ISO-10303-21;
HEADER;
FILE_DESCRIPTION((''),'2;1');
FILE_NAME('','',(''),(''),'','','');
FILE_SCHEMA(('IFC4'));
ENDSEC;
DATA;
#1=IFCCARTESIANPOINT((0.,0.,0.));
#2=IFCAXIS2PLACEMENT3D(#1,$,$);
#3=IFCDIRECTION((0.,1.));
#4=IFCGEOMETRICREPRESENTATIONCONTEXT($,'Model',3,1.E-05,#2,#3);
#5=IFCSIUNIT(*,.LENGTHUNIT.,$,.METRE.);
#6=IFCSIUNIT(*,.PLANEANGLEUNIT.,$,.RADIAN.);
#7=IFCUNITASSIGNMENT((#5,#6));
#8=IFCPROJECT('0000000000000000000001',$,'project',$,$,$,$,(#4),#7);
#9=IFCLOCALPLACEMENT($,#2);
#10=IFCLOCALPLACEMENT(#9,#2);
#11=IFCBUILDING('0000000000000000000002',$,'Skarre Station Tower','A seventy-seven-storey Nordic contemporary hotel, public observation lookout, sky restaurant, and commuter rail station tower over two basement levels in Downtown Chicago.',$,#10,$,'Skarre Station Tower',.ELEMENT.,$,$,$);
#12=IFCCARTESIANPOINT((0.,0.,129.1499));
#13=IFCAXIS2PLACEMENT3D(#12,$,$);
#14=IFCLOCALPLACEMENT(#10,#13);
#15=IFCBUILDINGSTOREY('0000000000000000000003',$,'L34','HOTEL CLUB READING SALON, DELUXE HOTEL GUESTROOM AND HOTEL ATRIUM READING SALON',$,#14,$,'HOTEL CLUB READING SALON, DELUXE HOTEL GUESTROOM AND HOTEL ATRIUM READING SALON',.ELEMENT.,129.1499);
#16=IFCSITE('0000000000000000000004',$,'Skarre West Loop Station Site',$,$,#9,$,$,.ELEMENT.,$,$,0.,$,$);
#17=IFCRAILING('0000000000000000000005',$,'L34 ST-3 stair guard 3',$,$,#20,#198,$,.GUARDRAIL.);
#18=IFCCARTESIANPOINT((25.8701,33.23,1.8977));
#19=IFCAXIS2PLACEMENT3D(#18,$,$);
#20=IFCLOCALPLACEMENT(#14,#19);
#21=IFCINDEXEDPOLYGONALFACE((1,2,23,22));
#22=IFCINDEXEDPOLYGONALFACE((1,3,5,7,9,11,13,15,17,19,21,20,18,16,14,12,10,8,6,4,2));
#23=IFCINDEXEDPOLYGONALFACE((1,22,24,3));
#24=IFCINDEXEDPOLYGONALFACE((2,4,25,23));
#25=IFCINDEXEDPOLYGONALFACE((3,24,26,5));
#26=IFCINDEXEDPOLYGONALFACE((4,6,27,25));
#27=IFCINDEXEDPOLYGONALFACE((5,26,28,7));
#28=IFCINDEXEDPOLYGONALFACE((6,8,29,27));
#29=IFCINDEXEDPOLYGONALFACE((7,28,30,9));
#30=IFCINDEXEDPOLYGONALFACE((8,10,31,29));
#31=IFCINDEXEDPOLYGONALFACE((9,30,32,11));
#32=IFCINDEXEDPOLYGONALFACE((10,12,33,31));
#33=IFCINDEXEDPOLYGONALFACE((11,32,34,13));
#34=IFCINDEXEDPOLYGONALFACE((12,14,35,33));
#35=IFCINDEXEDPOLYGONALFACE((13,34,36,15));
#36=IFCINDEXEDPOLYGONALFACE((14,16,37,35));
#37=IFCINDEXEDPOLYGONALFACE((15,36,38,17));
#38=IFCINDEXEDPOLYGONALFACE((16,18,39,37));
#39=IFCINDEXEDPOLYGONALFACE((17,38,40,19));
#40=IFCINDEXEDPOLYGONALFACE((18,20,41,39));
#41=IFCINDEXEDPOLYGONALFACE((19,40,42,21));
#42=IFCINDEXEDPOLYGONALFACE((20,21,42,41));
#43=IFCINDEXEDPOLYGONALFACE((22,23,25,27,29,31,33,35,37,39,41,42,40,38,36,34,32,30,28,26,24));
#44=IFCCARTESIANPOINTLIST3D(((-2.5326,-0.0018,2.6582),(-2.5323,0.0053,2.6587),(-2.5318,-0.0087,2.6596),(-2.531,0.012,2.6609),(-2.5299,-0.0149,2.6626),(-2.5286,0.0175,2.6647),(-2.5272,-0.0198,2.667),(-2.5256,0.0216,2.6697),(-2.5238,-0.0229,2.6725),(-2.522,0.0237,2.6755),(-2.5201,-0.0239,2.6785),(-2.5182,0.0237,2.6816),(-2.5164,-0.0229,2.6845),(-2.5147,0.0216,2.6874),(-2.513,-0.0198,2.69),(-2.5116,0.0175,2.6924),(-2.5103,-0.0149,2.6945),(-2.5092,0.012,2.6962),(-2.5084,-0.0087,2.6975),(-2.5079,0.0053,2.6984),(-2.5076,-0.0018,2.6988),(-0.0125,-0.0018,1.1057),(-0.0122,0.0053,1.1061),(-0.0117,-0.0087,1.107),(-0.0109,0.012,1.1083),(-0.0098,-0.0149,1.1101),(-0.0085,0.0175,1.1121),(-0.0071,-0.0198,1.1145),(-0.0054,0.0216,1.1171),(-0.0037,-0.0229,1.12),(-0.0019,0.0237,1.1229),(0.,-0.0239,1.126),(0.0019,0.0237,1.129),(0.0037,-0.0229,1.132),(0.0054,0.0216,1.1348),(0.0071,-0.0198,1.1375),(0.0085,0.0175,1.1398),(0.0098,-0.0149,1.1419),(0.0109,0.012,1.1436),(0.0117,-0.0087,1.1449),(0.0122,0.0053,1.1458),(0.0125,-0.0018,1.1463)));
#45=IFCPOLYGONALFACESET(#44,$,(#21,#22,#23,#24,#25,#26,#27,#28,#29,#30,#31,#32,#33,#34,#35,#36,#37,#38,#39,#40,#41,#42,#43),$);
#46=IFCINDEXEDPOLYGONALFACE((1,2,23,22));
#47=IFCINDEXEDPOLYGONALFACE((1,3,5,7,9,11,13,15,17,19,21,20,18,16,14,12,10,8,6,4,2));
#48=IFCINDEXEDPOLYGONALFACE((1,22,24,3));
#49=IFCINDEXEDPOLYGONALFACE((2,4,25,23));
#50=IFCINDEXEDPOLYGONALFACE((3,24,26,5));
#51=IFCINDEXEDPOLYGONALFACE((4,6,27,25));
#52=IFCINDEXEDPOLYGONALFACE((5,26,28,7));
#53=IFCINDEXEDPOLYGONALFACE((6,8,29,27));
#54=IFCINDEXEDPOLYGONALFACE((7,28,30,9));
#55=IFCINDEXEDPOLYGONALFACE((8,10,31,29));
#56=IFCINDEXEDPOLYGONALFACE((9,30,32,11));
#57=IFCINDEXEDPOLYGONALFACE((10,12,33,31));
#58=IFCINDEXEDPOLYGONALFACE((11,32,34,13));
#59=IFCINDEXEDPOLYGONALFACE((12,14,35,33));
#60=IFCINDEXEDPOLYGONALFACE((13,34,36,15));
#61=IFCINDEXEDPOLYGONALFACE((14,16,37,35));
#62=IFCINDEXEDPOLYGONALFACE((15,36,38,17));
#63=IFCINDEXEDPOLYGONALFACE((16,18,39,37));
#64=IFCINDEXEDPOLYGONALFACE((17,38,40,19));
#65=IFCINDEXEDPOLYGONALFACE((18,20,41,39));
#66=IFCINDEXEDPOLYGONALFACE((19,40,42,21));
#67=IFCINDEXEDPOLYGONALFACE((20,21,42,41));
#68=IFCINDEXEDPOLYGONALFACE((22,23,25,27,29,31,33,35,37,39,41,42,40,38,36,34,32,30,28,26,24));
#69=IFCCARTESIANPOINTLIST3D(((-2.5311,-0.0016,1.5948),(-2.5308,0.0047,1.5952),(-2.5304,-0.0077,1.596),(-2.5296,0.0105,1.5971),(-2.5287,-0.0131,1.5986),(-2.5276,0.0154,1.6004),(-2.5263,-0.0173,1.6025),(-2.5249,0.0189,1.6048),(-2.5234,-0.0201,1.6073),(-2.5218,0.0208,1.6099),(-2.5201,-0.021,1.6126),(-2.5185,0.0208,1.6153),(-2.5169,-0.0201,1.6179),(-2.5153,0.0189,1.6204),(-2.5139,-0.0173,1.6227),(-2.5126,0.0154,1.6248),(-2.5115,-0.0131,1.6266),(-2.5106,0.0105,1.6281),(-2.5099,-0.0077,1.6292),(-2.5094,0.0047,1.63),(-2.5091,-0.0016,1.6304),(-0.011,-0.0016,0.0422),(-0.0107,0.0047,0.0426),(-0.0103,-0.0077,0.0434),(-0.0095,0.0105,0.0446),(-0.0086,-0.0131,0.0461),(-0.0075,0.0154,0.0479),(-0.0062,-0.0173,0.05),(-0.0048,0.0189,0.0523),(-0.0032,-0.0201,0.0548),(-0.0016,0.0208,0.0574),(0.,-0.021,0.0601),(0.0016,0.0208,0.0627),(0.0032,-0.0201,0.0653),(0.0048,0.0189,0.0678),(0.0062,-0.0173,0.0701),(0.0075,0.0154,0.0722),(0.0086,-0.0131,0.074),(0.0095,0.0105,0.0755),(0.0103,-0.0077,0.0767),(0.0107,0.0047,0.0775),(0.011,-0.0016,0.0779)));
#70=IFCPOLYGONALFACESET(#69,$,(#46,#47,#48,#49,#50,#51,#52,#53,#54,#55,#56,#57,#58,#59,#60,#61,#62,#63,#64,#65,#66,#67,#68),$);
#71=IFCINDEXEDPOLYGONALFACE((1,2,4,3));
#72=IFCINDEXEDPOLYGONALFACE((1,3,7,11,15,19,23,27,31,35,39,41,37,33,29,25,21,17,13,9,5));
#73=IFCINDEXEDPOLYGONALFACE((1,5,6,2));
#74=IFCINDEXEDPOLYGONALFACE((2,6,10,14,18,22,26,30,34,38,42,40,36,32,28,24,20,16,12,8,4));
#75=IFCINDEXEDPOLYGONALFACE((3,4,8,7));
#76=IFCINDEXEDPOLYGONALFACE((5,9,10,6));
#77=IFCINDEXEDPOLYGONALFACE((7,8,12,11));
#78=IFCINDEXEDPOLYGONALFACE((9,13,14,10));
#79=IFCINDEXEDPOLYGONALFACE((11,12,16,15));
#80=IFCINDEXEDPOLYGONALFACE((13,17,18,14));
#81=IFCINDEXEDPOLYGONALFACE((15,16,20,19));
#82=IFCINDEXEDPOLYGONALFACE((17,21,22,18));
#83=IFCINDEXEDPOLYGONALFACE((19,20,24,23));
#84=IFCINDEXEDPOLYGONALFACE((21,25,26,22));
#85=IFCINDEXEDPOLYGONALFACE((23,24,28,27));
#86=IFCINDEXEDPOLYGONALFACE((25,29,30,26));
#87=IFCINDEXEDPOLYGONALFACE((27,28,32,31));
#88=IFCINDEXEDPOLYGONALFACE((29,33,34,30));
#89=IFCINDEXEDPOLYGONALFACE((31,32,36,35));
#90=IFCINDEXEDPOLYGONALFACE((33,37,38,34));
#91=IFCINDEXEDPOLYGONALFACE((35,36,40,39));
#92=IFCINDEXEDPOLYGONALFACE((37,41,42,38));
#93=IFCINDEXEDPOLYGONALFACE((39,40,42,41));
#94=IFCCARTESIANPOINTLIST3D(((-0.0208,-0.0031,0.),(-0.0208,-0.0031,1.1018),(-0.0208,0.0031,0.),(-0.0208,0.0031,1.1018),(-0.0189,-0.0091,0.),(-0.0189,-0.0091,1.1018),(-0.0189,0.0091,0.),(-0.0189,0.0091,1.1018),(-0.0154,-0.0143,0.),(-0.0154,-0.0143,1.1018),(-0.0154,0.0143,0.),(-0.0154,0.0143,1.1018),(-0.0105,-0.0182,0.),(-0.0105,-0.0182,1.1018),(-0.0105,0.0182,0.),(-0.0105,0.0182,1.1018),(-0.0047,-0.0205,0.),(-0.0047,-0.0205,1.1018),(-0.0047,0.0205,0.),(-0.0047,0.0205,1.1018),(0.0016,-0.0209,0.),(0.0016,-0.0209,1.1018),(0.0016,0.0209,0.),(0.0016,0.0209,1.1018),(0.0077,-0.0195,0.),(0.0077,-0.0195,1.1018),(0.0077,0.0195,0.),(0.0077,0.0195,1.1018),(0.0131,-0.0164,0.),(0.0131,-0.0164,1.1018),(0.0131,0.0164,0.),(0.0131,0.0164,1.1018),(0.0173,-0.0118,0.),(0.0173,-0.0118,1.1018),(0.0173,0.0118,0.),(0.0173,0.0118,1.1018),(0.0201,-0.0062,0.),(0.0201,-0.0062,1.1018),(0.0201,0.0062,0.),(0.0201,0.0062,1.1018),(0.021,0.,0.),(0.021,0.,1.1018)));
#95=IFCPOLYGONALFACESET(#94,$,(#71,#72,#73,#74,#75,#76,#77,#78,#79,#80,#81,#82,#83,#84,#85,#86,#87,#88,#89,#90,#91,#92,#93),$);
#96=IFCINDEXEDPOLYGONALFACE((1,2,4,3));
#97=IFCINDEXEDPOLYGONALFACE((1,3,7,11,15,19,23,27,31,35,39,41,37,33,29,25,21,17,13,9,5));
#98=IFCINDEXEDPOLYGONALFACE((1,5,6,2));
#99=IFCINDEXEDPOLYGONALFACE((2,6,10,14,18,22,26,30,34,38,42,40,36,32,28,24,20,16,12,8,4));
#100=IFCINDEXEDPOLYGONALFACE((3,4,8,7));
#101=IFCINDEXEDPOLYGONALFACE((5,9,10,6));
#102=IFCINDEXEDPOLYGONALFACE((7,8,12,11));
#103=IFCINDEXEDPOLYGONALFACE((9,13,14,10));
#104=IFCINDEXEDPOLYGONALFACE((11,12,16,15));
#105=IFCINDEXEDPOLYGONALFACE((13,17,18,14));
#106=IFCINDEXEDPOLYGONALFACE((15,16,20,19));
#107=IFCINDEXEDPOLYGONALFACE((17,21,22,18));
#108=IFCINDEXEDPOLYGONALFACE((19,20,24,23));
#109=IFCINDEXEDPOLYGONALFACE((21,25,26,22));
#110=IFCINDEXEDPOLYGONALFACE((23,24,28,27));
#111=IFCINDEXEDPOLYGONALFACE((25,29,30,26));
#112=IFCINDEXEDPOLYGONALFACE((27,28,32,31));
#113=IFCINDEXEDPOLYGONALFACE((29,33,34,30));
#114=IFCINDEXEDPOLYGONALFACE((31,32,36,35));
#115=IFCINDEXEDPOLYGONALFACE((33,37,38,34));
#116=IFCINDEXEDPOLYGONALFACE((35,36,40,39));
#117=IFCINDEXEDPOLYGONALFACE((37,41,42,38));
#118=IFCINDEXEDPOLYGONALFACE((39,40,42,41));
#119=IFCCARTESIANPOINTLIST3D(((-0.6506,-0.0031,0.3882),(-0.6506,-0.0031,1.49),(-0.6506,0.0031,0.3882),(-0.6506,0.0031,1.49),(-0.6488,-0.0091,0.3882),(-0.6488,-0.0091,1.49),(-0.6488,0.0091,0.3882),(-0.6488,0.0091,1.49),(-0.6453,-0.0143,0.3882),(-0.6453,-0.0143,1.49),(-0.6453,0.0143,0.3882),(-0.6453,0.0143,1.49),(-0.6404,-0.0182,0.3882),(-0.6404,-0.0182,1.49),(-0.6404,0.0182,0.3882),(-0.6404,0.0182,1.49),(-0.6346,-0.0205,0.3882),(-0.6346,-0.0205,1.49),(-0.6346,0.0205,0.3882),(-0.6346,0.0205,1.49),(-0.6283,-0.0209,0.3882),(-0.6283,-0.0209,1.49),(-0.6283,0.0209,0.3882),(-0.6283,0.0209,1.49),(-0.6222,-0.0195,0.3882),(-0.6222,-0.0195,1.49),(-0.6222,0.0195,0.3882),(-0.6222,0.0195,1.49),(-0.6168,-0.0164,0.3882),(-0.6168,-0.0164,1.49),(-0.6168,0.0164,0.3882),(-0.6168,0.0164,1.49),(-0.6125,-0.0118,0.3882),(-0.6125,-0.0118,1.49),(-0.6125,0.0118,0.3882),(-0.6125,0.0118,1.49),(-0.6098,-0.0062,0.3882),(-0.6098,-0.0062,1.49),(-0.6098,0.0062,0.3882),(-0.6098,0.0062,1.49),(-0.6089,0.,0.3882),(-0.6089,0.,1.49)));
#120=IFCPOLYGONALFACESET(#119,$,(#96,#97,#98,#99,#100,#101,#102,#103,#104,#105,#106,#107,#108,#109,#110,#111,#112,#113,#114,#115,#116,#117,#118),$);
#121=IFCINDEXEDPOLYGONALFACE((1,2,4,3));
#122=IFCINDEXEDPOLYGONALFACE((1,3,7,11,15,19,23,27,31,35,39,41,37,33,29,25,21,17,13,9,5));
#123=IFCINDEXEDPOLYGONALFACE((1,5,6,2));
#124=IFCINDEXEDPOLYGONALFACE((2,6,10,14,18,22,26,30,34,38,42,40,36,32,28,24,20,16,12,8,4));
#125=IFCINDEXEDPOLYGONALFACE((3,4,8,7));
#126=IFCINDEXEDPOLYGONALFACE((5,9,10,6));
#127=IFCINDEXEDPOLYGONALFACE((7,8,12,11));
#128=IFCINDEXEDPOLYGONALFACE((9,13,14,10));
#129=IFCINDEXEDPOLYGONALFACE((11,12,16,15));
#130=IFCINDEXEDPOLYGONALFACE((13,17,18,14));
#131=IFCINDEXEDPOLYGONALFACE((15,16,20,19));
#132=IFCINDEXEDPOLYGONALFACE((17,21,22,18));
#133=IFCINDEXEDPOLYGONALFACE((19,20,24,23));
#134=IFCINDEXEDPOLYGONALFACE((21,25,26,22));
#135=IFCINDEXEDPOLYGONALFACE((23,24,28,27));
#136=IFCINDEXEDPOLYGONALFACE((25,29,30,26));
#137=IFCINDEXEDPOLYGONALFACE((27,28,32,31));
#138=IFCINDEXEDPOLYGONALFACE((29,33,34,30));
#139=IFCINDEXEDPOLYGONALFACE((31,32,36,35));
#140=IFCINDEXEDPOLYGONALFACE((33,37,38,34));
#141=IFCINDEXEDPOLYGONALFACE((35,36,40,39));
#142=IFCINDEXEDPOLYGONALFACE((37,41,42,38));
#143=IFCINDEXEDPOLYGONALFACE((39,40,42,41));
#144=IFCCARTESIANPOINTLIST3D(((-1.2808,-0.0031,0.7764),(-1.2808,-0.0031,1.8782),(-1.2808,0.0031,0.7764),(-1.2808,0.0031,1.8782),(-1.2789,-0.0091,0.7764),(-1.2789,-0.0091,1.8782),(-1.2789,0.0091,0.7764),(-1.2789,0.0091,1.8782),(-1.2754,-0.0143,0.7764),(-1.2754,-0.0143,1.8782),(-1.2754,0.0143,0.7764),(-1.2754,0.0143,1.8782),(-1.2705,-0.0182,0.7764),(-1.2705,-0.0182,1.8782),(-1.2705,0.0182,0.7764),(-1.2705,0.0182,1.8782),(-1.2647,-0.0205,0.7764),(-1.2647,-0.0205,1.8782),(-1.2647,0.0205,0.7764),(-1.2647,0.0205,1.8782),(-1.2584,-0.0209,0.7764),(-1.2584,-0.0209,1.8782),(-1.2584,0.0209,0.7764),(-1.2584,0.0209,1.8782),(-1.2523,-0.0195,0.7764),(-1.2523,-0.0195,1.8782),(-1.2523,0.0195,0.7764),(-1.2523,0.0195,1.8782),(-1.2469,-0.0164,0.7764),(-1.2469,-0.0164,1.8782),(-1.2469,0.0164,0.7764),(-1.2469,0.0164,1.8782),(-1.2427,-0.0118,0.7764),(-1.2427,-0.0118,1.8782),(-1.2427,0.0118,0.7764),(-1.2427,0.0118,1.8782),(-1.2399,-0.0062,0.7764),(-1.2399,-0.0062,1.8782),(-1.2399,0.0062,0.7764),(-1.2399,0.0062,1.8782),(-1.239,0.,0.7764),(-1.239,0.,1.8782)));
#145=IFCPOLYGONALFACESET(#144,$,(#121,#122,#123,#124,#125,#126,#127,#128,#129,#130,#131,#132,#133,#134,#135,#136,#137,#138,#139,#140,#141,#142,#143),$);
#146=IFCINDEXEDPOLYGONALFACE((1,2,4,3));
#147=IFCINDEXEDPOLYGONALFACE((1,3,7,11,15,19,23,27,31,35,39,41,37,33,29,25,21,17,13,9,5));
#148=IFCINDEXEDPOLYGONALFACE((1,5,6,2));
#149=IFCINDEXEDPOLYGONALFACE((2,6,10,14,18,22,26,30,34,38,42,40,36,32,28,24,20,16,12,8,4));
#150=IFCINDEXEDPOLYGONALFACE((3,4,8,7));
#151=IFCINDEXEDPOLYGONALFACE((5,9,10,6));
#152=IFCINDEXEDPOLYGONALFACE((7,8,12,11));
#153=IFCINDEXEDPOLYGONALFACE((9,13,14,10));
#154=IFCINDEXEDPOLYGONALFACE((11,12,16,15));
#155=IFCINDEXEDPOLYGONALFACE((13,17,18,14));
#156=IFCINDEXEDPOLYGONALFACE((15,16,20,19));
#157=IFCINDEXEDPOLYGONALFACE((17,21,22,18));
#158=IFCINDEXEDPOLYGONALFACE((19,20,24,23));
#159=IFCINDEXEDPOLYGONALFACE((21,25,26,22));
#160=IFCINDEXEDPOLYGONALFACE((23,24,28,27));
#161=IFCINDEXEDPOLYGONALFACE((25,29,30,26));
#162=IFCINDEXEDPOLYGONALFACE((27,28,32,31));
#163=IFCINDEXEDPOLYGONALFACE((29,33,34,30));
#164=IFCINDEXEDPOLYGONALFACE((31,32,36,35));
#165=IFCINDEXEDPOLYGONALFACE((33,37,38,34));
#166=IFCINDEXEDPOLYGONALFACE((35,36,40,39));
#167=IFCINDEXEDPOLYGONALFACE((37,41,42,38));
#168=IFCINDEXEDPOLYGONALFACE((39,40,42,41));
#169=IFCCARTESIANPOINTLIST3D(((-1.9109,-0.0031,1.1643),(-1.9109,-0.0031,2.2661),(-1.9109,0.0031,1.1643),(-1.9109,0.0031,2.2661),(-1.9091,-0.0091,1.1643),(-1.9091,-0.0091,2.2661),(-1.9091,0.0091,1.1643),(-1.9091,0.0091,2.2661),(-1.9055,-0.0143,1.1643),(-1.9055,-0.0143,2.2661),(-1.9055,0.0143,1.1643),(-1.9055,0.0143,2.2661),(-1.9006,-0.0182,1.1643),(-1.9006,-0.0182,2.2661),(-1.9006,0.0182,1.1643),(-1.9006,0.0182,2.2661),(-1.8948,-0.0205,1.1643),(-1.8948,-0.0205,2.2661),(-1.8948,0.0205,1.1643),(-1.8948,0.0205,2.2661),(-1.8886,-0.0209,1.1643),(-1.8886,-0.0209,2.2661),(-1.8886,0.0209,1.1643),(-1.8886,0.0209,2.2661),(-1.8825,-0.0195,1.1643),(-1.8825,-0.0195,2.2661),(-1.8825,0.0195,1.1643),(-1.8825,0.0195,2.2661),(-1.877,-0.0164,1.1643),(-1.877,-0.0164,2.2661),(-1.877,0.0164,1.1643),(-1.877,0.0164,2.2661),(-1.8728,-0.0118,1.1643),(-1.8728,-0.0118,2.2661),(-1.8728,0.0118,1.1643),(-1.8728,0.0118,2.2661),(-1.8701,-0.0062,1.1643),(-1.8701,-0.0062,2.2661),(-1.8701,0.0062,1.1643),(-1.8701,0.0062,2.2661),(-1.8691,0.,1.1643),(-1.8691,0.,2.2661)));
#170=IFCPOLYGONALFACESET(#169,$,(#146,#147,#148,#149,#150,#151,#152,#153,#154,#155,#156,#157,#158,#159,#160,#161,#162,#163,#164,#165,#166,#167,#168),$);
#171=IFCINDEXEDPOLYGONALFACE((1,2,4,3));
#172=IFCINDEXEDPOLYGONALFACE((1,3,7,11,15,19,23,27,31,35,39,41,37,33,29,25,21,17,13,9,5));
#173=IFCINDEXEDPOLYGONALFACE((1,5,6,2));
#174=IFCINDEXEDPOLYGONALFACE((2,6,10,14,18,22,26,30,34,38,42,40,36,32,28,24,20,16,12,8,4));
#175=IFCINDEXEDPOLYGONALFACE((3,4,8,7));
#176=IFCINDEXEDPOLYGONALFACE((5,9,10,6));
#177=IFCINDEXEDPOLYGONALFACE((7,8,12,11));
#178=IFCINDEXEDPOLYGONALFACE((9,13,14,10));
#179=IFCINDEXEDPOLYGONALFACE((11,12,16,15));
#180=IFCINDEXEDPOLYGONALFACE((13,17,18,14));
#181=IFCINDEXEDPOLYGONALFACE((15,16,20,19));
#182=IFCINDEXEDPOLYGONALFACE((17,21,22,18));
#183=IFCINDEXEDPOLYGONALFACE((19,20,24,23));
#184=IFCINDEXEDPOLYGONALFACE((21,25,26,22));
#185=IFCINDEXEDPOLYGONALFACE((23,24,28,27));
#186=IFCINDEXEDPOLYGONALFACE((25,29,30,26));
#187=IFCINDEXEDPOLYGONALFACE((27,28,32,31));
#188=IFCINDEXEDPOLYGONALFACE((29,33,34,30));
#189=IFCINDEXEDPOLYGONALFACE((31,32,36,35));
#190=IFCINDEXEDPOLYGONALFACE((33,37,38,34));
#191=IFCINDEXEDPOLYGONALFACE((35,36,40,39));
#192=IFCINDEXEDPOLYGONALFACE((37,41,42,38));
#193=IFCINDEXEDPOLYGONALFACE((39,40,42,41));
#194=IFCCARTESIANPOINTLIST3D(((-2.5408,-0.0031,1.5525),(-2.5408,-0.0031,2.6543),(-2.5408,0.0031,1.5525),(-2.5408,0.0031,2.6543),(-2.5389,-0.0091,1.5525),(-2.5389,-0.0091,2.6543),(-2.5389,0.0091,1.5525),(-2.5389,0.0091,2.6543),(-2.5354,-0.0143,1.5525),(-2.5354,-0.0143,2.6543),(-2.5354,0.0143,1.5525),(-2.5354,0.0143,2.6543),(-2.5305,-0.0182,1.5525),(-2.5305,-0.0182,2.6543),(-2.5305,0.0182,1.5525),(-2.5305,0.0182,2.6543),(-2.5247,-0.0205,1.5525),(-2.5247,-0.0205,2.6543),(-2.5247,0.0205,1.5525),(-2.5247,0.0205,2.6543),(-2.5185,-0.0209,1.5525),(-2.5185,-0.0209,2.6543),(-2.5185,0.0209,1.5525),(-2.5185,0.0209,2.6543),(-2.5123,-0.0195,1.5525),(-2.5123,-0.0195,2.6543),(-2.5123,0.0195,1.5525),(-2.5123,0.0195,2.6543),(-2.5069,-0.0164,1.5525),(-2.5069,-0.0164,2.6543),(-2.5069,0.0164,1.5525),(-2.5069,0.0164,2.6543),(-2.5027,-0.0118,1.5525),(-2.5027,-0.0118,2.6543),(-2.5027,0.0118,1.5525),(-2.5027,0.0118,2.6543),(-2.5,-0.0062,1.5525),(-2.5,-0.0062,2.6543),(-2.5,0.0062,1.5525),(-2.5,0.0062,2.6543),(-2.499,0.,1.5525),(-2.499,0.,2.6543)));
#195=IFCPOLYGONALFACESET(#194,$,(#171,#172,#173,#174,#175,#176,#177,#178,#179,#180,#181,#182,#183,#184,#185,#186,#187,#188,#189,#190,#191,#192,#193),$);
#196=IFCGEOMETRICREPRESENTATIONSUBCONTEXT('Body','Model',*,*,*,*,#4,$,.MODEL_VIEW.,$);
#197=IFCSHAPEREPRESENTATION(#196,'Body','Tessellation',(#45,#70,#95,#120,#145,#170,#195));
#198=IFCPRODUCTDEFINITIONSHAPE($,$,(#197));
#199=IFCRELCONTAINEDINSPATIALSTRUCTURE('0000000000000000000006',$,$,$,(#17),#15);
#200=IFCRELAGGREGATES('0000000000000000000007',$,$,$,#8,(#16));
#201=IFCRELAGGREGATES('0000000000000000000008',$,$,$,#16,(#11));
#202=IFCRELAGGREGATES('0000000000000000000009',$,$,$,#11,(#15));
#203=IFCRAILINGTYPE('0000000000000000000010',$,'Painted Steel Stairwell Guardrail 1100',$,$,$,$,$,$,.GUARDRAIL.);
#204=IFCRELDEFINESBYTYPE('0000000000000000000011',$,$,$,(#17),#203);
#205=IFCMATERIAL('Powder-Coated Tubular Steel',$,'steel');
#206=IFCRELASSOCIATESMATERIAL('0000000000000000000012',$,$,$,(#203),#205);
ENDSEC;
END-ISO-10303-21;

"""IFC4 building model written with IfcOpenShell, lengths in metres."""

from ifc_helpers import new_model, si_unit, direction, frame, origin, origin_2d, place, context, subcontext, project, spatial, circle, extrude, material, type_object, element, save


model = new_model("IFC4")

# Units and contexts
model_context = context("Model", 3, precision=1e-05, world=origin(), true_north=direction((0.0, 1.0)))
body_context = subcontext(model_context, "Body", "Model", "MODEL_VIEW")
ifc_project = project(units=[si_unit("LENGTHUNIT", "METRE"), si_unit("PLANEANGLEUNIT", "RADIAN")], contexts=[model_context])

# Site, building, storey
site_placement = place(None, origin())
site = spatial("IfcSite", under=ifc_project, at=site_placement, Name="Skarre West Loop Station Site", CompositionType="ELEMENT", RefElevation=0.0)
building_placement = place(site_placement, origin())
building = spatial("IfcBuilding", under=site, at=building_placement, Name="Skarre Station Tower", Description="A seventy-seven-storey Nordic contemporary hotel, public observation lookout, sky restaurant, and commuter rail station tower over two basement levels in Downtown Chicago.", LongName="Skarre Station Tower", CompositionType="ELEMENT")
storey_placement = place(building_placement, frame((0.0, 0.0, 129.1499)))
storey = spatial("IfcBuildingStorey", under=building, at=storey_placement, Name="L34", Description="HOTEL CLUB READING SALON, DELUXE HOTEL GUESTROOM AND HOTEL ATRIUM READING SALON", LongName="HOTEL CLUB READING SALON, DELUXE HOTEL GUESTROOM AND HOTEL ATRIUM READING SALON", CompositionType="ELEMENT", Elevation=129.1499)

# Railing
ifc_material_1 = material(Name="Powder-Coated Tubular Steel", Category="steel")
railing_type_1 = type_object("IfcRailingType", Name="Painted Steel Stairwell Guardrail 1100", PredefinedType="GUARDRAIL", material=ifc_material_1)
railing_1_placement = place(storey_placement, frame((25.8701, 33.23, 1.8977)))
element("IfcRailing", 1, at=railing_1_placement, inside=storey, type_object=railing_type_1, Name="L34 ST-3 stair guard 3", PredefinedType="GUARDRAIL", context=body_context, shape_type="SweptSolid", body=[
    extrude(circle(Radius=0.0239, at=origin_2d()), frame((0.0, 0.0, 1.126), z_axis=(-0.8514, 0.0, 0.524516), x_axis=(0.0, -1.0, 0.0)), (0.0, 0.0, 1.0), 2.96),
    extrude(circle(Radius=0.021, at=origin_2d()), frame((0.0, 0.0, 0.0601), z_axis=(-0.8514, 0.0, 0.524516), x_axis=(0.0, -1.0, 0.0)), (0.0, 0.0, 1.0), 2.96),
    extrude(circle(Radius=0.021, at=origin_2d()), origin(), (0.0, 0.0, 1.0), 1.1018),
    extrude(circle(Radius=0.021, at=origin_2d()), frame((-0.6299, 0.0, 0.3882)), (0.0, 0.0, 1.0), 1.1018),
    extrude(circle(Radius=0.021, at=origin_2d()), frame((-1.26, 0.0, 0.7764)), (0.0, 0.0, 1.0), 1.1018),
    extrude(circle(Radius=0.021, at=origin_2d()), frame((-1.8901, 0.0, 1.1643)), (0.0, 0.0, 1.0), 1.1018),
    extrude(circle(Radius=0.021, at=origin_2d()), frame((-2.52, 0.0, 1.5525)), (0.0, 0.0, 1.0), 1.1018),
])

save(model, "model.ifc")
